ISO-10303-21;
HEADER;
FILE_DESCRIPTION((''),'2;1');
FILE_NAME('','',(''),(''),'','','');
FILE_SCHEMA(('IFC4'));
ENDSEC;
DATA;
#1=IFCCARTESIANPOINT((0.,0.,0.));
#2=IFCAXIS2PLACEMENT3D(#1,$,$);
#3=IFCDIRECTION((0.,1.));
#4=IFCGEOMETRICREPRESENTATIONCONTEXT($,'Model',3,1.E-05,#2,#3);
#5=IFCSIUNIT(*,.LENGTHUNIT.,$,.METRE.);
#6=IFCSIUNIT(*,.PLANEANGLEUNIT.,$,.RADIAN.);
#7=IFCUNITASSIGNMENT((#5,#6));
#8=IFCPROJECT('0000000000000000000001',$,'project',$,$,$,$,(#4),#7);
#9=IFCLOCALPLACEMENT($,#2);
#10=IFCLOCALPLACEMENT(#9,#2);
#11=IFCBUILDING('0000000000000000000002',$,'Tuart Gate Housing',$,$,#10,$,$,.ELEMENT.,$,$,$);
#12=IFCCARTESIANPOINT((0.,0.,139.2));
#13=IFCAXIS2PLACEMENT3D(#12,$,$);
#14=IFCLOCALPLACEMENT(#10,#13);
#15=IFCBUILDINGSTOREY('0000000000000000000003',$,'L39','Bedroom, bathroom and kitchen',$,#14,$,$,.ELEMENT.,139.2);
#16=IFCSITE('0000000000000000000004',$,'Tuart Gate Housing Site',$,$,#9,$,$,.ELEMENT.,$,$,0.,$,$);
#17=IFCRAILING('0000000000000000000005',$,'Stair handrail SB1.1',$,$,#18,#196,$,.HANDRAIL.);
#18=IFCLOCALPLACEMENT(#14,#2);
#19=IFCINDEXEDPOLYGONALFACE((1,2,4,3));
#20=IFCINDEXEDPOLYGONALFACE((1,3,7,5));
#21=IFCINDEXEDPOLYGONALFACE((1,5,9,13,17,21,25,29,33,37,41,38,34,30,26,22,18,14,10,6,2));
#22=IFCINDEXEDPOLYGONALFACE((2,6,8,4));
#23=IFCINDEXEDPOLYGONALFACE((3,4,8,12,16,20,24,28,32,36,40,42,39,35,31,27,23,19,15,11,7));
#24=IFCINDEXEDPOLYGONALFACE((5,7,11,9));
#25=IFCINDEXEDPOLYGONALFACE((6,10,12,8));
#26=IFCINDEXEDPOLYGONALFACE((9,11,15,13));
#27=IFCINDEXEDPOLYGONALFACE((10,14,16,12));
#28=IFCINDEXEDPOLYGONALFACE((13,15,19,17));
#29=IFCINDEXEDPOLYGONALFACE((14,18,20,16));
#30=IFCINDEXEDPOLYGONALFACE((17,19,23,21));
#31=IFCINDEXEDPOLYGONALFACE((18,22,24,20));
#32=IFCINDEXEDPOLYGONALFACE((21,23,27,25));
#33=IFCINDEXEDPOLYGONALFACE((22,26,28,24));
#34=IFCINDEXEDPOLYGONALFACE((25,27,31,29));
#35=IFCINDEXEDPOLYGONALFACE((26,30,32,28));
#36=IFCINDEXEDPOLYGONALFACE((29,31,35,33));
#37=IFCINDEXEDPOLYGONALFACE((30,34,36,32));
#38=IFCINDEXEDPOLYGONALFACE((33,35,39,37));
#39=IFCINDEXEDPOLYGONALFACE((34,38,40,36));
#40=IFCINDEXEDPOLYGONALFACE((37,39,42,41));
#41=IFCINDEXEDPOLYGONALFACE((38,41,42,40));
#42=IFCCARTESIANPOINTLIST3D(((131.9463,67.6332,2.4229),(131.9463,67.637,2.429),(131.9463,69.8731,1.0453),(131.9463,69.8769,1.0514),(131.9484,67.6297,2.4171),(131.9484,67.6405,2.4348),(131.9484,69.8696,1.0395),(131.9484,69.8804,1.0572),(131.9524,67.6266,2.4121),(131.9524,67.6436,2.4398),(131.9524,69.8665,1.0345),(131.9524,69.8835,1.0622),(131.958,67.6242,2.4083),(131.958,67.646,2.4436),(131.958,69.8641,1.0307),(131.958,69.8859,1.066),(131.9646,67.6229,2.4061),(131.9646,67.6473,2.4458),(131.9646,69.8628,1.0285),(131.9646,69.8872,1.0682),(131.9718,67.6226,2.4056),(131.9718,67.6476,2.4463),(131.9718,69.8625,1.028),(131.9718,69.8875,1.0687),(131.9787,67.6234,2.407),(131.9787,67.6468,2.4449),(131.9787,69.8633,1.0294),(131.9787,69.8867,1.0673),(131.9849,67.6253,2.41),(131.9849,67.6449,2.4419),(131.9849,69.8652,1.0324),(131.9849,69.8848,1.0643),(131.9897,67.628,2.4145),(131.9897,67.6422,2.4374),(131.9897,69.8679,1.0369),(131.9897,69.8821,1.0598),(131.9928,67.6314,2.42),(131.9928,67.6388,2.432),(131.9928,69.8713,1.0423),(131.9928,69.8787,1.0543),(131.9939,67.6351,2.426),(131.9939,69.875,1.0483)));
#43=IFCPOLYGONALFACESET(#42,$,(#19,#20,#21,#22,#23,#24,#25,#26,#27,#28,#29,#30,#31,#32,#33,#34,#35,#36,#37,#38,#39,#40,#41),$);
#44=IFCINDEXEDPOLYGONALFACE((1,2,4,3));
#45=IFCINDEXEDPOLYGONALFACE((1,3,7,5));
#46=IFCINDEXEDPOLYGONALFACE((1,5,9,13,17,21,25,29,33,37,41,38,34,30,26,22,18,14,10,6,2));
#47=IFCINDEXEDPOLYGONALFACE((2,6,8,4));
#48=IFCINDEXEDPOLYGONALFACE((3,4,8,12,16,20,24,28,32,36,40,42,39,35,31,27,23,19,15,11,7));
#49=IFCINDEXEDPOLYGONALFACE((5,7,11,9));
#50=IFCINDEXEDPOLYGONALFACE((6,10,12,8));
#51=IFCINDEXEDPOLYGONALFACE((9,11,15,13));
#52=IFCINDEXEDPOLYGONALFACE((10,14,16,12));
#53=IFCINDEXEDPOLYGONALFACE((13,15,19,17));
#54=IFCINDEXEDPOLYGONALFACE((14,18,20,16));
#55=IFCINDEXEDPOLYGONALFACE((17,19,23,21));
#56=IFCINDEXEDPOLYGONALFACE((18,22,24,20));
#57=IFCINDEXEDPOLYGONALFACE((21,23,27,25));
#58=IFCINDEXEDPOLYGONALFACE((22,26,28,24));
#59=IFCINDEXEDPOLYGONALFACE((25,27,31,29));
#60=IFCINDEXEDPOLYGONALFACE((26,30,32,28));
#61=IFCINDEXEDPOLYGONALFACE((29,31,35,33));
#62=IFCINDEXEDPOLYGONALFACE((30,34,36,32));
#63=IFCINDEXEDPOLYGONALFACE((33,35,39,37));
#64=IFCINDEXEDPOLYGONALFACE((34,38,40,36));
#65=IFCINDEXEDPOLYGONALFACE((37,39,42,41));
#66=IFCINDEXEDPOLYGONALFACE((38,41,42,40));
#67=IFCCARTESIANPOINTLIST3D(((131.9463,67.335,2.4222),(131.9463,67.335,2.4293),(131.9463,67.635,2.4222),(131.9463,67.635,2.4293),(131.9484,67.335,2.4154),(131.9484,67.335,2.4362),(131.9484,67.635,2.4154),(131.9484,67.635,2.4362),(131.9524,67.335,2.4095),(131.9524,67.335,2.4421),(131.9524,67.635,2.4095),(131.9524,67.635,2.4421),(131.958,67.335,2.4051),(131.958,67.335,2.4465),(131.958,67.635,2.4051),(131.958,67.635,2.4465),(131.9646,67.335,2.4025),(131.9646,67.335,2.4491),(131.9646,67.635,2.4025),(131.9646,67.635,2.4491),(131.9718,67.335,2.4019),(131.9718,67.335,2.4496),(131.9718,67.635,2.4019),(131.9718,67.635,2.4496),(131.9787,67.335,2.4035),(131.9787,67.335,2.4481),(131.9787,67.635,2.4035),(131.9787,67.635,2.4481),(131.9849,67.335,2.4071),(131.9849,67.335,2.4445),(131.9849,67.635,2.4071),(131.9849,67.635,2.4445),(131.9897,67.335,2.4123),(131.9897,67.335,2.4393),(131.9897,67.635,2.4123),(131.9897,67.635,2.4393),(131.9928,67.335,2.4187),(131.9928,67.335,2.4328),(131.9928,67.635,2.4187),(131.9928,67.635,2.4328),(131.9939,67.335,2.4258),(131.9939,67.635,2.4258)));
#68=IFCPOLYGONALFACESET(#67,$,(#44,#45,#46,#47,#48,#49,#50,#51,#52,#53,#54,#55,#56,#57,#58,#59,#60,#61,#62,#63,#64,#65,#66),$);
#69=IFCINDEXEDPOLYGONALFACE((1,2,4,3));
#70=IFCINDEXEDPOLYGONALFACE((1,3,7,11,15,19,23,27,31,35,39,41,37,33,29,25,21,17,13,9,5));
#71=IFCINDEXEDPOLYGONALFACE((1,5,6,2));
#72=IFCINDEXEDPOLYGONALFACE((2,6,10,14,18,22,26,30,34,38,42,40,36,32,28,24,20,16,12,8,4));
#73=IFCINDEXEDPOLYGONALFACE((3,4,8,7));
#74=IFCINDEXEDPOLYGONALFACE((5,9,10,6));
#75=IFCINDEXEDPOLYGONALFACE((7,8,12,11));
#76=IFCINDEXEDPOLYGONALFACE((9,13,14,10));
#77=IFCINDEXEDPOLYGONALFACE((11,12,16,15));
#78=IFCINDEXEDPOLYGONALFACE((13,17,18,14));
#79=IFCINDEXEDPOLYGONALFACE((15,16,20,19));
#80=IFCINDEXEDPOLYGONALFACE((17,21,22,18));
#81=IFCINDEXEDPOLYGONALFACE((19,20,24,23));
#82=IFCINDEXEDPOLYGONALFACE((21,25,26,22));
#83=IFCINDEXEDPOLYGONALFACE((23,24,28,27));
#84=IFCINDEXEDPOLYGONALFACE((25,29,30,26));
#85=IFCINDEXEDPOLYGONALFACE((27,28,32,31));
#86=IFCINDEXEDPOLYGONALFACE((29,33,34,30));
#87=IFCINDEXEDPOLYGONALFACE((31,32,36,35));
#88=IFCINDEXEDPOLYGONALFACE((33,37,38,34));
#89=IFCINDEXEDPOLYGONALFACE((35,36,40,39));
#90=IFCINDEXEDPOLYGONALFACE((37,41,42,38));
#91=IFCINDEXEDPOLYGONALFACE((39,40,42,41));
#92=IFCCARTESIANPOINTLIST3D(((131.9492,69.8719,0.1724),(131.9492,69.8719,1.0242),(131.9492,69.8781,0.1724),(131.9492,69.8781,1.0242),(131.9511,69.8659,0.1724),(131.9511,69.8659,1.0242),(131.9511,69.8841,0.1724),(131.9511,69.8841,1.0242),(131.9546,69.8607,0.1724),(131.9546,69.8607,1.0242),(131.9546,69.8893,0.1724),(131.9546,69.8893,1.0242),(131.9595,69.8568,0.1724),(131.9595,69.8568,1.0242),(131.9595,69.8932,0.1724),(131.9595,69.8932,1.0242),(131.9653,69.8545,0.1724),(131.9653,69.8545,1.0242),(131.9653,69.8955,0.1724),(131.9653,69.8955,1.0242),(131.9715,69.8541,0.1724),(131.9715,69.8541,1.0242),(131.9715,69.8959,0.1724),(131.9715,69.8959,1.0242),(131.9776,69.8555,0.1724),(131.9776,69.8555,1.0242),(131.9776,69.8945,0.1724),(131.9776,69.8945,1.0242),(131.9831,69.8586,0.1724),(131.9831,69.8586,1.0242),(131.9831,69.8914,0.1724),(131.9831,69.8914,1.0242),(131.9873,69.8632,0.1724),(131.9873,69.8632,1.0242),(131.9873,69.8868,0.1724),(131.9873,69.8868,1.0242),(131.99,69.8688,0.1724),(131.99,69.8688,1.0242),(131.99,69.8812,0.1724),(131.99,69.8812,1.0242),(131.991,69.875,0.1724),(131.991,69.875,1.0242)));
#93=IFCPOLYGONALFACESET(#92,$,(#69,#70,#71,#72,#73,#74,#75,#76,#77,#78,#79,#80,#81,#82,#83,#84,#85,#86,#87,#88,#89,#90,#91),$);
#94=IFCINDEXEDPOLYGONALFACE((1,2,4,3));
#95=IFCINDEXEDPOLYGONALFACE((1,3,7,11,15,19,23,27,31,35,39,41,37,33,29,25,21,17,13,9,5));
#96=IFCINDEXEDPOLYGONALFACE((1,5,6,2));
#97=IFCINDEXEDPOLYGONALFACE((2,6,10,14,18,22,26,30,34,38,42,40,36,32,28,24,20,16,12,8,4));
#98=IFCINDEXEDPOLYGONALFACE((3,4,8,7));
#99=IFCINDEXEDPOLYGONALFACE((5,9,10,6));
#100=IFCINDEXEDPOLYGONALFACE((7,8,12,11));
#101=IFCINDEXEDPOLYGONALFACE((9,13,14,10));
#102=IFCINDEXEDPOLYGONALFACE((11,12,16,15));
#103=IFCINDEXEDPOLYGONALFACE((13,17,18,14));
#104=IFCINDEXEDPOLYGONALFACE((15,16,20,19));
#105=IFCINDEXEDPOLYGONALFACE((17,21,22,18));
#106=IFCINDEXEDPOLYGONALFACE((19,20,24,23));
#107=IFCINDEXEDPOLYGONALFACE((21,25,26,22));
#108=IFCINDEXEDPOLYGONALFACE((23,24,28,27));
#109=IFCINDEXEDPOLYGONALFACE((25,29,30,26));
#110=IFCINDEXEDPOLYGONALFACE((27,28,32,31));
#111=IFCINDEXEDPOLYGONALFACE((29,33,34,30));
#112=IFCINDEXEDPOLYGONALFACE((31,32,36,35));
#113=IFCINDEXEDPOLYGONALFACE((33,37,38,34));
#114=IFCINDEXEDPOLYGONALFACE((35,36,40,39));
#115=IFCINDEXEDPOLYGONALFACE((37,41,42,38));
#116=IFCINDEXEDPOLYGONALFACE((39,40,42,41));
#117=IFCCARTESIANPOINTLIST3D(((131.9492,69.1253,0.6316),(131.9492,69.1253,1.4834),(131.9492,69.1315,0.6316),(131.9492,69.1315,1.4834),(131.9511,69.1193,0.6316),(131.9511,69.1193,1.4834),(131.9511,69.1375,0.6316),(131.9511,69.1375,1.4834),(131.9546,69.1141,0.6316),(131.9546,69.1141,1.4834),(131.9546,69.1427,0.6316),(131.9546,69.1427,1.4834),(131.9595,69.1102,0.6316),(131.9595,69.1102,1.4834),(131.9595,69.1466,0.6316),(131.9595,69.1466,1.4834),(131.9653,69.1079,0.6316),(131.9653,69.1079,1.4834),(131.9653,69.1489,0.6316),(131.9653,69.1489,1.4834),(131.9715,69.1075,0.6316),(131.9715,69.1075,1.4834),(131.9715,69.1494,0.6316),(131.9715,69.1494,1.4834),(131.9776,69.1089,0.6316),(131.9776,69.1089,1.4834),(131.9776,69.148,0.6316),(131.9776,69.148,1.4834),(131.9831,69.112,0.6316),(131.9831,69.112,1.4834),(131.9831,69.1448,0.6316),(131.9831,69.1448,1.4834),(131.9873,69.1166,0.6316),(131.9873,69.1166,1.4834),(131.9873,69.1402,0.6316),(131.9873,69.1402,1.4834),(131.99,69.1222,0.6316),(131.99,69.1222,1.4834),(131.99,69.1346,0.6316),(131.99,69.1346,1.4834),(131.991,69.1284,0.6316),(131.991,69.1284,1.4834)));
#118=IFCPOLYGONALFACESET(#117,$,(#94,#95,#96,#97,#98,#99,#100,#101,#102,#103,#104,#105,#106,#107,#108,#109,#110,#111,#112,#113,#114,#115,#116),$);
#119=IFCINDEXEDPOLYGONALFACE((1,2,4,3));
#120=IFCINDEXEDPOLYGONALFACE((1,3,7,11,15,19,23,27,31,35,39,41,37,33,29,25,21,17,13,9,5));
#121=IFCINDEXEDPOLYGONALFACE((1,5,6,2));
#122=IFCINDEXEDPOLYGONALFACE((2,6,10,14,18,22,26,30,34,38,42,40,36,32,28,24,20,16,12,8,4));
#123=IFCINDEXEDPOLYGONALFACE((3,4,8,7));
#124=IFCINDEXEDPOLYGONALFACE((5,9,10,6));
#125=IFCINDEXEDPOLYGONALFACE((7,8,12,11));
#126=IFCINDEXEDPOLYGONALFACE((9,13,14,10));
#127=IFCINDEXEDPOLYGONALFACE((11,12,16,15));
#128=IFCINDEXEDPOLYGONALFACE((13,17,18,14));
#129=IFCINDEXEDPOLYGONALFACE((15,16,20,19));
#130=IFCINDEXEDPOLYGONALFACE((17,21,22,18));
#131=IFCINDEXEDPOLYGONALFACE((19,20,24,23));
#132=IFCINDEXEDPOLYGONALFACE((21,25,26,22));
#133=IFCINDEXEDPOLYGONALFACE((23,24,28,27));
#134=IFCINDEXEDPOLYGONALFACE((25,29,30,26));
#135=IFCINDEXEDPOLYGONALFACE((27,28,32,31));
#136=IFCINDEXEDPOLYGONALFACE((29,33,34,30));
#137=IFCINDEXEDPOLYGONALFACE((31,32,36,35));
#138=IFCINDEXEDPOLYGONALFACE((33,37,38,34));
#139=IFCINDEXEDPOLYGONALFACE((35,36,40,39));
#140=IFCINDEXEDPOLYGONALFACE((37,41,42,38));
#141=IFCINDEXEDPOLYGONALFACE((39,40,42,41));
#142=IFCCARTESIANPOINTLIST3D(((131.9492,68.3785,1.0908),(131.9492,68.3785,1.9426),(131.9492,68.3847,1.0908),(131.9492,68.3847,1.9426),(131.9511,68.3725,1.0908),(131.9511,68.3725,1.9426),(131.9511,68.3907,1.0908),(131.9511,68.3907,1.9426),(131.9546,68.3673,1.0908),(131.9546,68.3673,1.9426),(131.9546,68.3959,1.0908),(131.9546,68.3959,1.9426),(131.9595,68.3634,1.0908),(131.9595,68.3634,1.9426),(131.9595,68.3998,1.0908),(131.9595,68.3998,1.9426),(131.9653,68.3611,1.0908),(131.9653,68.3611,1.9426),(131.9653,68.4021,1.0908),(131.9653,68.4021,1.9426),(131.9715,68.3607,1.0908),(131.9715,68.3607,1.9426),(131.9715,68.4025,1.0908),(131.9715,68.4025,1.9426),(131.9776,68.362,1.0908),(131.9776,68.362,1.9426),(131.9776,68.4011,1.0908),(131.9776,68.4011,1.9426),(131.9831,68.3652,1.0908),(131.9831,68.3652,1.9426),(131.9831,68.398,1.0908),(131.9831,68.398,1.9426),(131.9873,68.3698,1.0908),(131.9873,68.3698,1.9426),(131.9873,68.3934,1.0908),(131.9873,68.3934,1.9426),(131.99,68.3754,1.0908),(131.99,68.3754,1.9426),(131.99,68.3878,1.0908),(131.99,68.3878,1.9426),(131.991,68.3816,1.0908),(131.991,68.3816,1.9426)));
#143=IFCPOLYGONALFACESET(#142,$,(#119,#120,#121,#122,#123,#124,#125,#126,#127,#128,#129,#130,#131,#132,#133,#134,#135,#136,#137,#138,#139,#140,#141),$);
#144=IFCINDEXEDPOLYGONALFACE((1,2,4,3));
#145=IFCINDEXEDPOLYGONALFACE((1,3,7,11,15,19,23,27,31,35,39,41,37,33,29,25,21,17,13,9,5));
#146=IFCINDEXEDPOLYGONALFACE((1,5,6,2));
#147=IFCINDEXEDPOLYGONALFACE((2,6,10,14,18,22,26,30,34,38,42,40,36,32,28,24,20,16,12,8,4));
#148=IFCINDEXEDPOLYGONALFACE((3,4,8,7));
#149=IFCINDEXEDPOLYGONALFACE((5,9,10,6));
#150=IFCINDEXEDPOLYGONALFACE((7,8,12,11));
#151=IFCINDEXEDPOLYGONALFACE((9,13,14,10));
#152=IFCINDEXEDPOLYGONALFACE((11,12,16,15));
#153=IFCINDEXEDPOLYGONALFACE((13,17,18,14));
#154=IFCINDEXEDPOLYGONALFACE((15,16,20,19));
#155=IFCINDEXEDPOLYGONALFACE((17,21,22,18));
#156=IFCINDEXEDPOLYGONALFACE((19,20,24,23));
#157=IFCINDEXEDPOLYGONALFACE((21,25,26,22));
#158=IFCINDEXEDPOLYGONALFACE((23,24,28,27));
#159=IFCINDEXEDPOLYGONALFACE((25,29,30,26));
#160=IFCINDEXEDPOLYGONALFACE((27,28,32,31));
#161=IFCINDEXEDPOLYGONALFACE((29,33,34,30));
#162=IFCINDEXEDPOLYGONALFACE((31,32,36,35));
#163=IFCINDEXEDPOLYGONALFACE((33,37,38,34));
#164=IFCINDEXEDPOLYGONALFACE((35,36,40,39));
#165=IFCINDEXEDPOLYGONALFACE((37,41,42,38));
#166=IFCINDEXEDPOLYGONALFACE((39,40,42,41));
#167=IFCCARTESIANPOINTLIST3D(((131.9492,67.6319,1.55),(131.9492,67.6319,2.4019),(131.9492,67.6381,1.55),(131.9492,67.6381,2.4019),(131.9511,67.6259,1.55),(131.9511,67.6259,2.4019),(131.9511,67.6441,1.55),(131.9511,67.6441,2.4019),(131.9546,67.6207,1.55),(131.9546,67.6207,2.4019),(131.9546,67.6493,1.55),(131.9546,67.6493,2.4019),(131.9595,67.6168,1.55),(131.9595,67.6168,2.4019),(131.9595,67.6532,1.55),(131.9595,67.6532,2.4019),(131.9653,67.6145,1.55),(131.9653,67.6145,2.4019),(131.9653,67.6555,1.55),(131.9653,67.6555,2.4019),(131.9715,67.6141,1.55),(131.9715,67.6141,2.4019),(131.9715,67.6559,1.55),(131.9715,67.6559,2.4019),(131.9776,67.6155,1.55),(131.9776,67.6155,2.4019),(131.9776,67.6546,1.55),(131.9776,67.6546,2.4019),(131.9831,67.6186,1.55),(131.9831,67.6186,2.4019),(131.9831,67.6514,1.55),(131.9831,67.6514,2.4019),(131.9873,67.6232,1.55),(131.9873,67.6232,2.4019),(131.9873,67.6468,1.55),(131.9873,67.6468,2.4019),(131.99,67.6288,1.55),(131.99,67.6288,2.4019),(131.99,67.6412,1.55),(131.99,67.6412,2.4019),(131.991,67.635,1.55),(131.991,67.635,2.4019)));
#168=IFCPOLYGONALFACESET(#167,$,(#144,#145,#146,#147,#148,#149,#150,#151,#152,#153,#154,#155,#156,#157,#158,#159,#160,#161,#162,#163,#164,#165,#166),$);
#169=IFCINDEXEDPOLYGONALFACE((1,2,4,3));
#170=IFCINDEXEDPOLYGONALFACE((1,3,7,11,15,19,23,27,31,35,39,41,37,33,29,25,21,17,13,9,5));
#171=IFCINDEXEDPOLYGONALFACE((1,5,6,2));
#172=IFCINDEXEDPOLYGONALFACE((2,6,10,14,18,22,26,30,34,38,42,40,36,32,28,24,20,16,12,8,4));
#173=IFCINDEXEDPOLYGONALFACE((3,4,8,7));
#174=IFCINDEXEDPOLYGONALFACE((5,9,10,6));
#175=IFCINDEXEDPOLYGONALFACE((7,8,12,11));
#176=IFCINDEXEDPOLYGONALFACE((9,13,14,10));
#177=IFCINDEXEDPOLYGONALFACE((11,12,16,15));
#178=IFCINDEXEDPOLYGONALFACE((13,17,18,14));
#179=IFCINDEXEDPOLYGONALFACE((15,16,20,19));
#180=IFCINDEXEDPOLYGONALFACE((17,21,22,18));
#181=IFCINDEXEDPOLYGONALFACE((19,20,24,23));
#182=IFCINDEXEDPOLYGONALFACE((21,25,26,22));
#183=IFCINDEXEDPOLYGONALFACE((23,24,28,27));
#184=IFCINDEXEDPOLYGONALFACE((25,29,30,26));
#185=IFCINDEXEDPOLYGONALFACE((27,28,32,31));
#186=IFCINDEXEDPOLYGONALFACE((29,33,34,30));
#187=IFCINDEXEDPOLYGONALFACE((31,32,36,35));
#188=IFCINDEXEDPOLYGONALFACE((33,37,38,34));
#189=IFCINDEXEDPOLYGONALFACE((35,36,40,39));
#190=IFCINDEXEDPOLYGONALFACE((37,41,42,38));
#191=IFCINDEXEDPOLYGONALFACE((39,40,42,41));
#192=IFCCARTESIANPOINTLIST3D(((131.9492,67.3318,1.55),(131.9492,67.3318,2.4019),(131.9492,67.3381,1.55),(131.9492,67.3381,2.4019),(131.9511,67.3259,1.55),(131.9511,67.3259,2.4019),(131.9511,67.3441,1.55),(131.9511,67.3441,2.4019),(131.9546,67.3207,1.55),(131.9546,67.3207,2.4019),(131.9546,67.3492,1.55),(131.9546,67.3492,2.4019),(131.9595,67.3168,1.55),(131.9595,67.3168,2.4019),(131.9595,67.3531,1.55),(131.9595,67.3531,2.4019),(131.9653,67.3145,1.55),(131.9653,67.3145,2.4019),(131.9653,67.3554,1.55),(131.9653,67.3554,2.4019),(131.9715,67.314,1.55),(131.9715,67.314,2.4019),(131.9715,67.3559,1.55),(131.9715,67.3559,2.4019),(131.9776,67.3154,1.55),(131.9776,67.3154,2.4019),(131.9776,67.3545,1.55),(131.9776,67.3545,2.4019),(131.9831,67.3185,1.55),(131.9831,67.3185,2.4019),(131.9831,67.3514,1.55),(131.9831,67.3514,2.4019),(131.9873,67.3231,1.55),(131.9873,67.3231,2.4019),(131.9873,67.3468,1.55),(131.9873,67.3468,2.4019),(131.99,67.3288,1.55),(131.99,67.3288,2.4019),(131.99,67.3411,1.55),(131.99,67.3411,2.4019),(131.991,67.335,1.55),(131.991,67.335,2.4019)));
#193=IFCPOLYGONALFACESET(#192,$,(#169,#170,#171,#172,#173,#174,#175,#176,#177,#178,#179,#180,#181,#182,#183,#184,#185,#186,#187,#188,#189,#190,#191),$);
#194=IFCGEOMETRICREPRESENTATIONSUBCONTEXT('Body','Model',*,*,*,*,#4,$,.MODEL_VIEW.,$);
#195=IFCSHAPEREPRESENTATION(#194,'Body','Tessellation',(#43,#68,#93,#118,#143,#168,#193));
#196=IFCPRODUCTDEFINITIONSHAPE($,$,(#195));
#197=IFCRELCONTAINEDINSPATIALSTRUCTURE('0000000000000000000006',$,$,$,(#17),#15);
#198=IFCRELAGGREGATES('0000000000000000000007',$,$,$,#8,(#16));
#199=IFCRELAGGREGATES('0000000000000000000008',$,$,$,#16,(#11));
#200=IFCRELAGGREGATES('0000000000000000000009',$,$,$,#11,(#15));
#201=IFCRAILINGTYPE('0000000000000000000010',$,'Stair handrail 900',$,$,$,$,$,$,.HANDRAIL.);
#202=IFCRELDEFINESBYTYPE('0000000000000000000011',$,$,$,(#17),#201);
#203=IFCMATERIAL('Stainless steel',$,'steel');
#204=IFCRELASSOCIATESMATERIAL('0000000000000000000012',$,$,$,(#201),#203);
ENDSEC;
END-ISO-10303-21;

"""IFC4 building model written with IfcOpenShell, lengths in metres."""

from ifc_helpers import new_model, si_unit, direction, frame, origin, origin_2d, place, context, subcontext, project, spatial, circle, extrude, material, type_object, element, save


model = new_model("IFC4")

# Units and contexts
model_context = context("Model", 3, precision=1e-05, world=origin(), true_north=direction((0.0, 1.0)))
body_context = subcontext(model_context, "Body", "Model", "MODEL_VIEW")
ifc_project = project(units=[si_unit("LENGTHUNIT", "METRE"), si_unit("PLANEANGLEUNIT", "RADIAN")], contexts=[model_context])

# Site, building, storey
site_placement = place(None, origin())
site = spatial("IfcSite", under=ifc_project, at=site_placement, Name="Tuart Gate Housing Site", CompositionType="ELEMENT", RefElevation=0.0)
building_placement = place(site_placement, origin())
building = spatial("IfcBuilding", under=site, at=building_placement, Name="Tuart Gate Housing", CompositionType="ELEMENT")
storey_placement = place(building_placement, frame((0.0, 0.0, 139.2)))
storey = spatial("IfcBuildingStorey", under=building, at=storey_placement, Name="L39", Description="Bedroom, bathroom and kitchen", CompositionType="ELEMENT", Elevation=139.2)

# Railing
ifc_material_1 = material(Name="Stainless steel", Category="steel")
railing_type = type_object("IfcRailingType", Name="Stair handrail 900", PredefinedType="HANDRAIL", material=ifc_material_1)
railing_placement = place(storey_placement, frame((131.97, 69.875, 0.1724)))
element("IfcRailing", 1, at=railing_placement, inside=storey, type_object=railing_type, Name="Stair handrail SB1.1", PredefinedType="HANDRAIL", context=body_context, shape_type="SweptSolid", body=[
    extrude(circle(Radius=0.0239, at=origin_2d()), frame((0.0, 0.0, 0.876), z_axis=(0.0, -0.851789, 0.523885), x_axis=(1.0, 0.0, 0.0)), (0.0, 0.0, 1.0), 2.6296),
    extrude(circle(Radius=0.0239, at=origin_2d()), frame((0.0, -2.24, 2.2534), z_axis=(0.0, -1.0, 0.0), x_axis=(1.0, 0.0, 0.0)), (0.0, 0.0, 1.0), 0.3),
    extrude(circle(Radius=0.021, at=origin_2d()), origin(), (0.0, 0.0, 1.0), 0.8518),
    extrude(circle(Radius=0.021, at=origin_2d()), frame((0.0, -0.7466, 0.4592)), (0.0, 0.0, 1.0), 0.8518),
    extrude(circle(Radius=0.021, at=origin_2d()), frame((0.0, -1.4934, 0.9185)), (0.0, 0.0, 1.0), 0.8518),
    extrude(circle(Radius=0.021, at=origin_2d()), frame((0.0, -2.24, 1.3777)), (0.0, 0.0, 1.0), 0.8518),
    extrude(circle(Radius=0.021, at=origin_2d()), frame((0.0, -2.54, 1.3777)), (0.0, 0.0, 1.0), 0.8518),
])

save(model, "model.ifc")
